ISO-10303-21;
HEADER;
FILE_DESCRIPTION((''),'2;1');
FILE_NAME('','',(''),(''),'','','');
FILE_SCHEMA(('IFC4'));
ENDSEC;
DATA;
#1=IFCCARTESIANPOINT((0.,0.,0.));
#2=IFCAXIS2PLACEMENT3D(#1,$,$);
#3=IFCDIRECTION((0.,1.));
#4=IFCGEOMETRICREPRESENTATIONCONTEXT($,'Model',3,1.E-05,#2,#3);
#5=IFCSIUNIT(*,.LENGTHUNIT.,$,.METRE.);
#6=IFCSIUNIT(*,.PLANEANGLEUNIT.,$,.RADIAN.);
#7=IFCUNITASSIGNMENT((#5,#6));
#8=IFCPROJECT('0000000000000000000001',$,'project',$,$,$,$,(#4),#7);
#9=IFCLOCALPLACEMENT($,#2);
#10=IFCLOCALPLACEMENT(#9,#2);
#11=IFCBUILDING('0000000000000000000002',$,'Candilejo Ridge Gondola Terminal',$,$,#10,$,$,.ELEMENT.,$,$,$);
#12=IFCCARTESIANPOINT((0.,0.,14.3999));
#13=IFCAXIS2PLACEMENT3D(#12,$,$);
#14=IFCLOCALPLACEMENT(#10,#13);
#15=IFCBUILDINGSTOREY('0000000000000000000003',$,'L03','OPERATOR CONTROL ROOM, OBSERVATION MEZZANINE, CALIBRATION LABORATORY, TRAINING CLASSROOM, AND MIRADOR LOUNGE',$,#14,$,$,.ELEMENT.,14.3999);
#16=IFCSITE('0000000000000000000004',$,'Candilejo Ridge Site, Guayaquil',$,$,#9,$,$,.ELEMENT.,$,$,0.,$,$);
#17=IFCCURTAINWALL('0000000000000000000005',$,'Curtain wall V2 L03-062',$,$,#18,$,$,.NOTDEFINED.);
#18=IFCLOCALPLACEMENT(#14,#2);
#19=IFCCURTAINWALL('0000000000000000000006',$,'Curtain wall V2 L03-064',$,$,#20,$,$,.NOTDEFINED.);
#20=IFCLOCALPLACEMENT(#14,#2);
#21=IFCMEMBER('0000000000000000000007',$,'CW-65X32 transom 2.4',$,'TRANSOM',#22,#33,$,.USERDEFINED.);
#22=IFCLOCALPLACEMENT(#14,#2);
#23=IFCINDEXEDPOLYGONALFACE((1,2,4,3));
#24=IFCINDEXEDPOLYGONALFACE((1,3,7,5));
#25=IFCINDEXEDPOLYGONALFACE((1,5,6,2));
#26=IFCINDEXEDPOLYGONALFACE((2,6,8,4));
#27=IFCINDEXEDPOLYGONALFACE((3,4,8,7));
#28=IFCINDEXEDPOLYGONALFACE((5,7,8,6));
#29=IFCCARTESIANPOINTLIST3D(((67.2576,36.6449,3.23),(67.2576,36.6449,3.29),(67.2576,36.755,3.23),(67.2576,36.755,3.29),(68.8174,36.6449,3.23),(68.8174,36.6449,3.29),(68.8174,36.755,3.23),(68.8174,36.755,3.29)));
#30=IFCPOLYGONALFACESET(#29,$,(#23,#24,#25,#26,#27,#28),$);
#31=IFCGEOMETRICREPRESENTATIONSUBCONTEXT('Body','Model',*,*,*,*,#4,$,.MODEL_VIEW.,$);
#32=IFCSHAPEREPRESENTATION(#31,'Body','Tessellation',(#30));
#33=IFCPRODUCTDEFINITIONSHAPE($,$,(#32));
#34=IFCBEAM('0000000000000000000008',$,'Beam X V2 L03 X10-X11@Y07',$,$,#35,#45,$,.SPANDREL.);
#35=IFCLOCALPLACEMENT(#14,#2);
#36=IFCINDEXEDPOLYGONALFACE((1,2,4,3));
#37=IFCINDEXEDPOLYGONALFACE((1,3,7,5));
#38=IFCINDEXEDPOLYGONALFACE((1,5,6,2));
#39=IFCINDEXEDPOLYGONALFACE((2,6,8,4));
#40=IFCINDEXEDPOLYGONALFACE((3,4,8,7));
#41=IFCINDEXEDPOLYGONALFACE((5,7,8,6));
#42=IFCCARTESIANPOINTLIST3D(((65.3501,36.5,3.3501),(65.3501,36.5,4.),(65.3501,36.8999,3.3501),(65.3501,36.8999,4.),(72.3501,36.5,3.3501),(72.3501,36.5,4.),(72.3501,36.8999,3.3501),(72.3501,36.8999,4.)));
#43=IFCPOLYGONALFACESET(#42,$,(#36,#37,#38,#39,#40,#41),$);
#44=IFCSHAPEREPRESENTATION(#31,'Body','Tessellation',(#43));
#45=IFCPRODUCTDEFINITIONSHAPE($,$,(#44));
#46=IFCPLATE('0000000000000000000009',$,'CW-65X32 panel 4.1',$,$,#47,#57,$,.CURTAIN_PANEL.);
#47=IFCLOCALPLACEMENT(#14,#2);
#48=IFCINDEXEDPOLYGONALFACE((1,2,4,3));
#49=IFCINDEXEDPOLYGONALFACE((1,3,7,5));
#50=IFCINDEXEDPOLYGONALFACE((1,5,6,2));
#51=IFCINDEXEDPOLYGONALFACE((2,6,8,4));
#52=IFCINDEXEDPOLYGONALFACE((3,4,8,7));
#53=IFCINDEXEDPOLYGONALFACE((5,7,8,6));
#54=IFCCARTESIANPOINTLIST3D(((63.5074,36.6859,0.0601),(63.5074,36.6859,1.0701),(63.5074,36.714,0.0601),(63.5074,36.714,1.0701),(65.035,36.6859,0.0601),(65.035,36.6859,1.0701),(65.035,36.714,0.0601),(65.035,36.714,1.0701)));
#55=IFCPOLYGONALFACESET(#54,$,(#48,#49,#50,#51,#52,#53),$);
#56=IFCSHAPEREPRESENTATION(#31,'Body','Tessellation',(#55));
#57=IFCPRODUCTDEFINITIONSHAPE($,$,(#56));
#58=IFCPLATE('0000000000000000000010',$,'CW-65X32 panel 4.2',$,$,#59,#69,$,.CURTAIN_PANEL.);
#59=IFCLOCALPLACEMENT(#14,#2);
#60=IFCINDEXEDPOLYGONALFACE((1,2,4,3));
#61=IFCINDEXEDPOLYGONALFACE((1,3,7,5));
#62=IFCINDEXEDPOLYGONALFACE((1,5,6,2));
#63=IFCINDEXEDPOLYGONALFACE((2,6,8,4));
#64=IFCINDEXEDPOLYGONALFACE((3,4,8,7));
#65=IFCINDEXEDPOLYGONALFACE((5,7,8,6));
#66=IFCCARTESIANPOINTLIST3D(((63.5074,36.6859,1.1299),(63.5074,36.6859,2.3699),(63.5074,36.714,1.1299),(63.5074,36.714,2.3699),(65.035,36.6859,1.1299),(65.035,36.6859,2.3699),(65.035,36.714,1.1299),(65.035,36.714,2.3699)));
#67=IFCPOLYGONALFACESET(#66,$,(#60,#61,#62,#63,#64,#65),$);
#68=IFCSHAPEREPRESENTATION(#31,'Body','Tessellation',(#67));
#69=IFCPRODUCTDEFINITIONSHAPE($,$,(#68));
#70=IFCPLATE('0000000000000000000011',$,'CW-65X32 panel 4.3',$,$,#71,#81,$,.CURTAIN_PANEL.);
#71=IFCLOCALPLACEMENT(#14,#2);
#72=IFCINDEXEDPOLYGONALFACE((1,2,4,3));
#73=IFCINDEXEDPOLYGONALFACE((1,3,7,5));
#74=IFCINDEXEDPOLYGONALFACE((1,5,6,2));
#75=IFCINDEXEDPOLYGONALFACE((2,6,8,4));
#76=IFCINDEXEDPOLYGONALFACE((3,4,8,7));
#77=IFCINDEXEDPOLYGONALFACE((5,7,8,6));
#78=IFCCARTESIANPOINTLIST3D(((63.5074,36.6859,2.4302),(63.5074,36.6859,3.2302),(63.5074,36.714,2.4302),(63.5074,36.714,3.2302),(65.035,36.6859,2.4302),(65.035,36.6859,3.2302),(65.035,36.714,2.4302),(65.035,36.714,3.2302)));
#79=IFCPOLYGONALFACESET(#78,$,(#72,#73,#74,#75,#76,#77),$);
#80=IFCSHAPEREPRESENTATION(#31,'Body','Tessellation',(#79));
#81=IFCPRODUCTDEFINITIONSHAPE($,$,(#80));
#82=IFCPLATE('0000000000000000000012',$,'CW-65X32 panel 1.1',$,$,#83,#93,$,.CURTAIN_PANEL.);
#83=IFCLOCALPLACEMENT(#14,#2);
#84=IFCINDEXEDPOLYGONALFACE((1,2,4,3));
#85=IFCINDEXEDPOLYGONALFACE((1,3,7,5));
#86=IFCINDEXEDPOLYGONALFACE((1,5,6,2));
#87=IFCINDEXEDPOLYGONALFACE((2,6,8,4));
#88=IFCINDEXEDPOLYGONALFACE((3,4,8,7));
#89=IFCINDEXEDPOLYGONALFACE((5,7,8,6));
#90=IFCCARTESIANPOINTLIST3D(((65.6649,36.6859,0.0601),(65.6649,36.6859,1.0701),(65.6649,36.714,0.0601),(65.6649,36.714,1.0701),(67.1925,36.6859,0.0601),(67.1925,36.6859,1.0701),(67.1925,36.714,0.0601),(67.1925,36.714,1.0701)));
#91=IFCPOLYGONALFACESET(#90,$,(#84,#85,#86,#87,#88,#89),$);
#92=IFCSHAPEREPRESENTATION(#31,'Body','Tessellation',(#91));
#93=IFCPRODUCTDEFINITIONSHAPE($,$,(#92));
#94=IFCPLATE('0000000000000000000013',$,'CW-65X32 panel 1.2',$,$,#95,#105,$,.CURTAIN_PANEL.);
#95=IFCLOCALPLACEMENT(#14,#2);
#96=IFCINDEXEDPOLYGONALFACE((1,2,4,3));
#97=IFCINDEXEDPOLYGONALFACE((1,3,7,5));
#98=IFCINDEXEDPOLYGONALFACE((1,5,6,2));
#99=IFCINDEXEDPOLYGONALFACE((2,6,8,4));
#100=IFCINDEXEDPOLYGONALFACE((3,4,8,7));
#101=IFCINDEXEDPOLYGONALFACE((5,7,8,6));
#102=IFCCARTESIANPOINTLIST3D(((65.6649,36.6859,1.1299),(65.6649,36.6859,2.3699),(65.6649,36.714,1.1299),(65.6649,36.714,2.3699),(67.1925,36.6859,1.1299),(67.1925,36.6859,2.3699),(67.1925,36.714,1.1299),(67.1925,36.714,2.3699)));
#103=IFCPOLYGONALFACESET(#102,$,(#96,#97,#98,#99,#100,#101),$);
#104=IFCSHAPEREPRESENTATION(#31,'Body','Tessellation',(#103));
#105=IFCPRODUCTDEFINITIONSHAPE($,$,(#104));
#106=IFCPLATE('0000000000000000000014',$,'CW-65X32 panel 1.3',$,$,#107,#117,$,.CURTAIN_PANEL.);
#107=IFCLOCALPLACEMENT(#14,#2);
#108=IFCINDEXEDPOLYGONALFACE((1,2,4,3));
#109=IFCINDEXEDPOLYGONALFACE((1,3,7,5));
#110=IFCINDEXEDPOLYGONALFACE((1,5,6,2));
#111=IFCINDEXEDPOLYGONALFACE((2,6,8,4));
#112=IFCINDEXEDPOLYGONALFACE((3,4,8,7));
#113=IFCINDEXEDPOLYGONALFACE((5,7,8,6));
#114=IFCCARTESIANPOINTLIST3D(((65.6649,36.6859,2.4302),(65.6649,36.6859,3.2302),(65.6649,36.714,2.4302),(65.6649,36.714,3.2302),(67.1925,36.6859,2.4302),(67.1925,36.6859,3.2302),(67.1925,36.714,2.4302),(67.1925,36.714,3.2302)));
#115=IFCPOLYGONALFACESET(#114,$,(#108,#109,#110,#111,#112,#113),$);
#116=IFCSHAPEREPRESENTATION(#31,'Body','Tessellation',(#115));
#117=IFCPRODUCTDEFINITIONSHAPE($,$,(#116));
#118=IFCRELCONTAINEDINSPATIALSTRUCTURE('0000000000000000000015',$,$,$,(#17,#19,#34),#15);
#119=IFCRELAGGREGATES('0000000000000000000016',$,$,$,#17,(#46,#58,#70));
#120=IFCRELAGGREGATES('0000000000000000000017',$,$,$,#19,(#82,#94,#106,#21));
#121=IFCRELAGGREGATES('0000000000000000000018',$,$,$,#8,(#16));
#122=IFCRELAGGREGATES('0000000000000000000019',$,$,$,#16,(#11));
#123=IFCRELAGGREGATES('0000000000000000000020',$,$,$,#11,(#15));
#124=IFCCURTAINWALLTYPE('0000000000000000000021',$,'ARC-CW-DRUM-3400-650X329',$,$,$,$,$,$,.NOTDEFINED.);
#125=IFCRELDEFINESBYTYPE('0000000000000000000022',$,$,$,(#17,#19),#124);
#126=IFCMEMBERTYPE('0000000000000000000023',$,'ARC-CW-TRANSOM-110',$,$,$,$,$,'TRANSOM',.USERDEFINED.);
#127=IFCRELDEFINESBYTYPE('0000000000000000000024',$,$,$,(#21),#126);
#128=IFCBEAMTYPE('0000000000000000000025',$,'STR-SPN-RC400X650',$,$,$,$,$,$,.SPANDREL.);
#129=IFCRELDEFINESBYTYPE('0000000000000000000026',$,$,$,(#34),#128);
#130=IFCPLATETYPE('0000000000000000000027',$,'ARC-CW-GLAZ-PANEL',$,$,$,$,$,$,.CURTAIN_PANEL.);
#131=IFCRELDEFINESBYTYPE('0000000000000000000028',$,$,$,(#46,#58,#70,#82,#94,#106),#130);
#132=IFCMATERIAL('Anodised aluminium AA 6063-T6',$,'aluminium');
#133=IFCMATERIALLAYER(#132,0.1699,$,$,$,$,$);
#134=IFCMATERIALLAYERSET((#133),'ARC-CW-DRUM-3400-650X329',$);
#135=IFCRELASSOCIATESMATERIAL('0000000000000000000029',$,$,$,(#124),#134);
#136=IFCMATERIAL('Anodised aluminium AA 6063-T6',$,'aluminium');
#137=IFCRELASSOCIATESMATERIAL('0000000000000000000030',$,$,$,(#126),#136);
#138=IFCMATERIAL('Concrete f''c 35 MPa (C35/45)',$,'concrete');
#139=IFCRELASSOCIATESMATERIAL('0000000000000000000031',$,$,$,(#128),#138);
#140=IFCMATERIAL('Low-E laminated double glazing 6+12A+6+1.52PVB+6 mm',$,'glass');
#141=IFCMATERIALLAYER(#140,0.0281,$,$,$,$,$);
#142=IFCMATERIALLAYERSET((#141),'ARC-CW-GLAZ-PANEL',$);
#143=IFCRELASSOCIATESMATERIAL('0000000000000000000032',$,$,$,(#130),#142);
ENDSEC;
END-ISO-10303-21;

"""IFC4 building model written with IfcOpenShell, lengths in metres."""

from ifc_helpers import new_model, si_unit, direction, frame, origin, origin_2d, place, context, subcontext, project, spatial, rectangle, extrude, material, layer, layer_set, material_profile, profile_set, type_object, element, aggregate, save


model = new_model("IFC4")

# Units and contexts
model_context = context("Model", 3, precision=1e-05, world=origin(), true_north=direction((0.0, 1.0)))
body_context = subcontext(model_context, "Body", "Model", "MODEL_VIEW")
ifc_project = project(units=[si_unit("LENGTHUNIT", "METRE"), si_unit("PLANEANGLEUNIT", "RADIAN")], contexts=[model_context])

# Site, building, storey
site_placement = place(None, origin())
site = spatial("IfcSite", under=ifc_project, at=site_placement, Name="Candilejo Ridge Site, Guayaquil", CompositionType="ELEMENT", RefElevation=0.0)
building_placement = place(site_placement, origin())
building = spatial("IfcBuilding", under=site, at=building_placement, Name="Candilejo Ridge Gondola Terminal", CompositionType="ELEMENT")
storey_placement = place(building_placement, frame((0.0, 0.0, 14.3999)))
storey = spatial("IfcBuildingStorey", under=building, at=storey_placement, Name="L03", Description="OPERATOR CONTROL ROOM, OBSERVATION MEZZANINE, CALIBRATION LABORATORY, TRAINING CLASSROOM, AND MIRADOR LOUNGE", CompositionType="ELEMENT", Elevation=14.3999)

# Curtain wall
ifc_material_1 = material(Name="Anodised aluminium AA 6063-T6", Category="aluminium")
ifc_layer_1 = layer(ifc_material_1, 0.1699)
ifc_layer_set_1 = layer_set([ifc_layer_1], Name="ARC-CW-DRUM-3400-650X329")
curtain_wall_type = type_object("IfcCurtainWallType", Name="ARC-CW-DRUM-3400-650X329", PredefinedType="NOTDEFINED", material=ifc_layer_set_1)
curtain_wall_1_placement = place(storey_placement, origin())
curtain_wall_1 = element("IfcCurtainWall", 1, at=curtain_wall_1_placement, inside=storey, type_object=curtain_wall_type, Name="Curtain wall V2 L03-062", PredefinedType="NOTDEFINED")

# Curtain wall
curtain_wall_2_placement = place(storey_placement, origin())
curtain_wall_2 = element("IfcCurtainWall", 2, at=curtain_wall_2_placement, inside=storey, type_object=curtain_wall_type, Name="Curtain wall V2 L03-064", PredefinedType="NOTDEFINED")

# Member
ifc_material_2 = material(Name="Anodised aluminium AA 6063-T6", Category="aluminium")
ifc_material_profile_1 = material_profile(ifc_material_2, rectangle(XDim=0.1101, YDim=0.0601, at=origin_2d()))
ifc_profile_set_1 = profile_set([ifc_material_profile_1], Name="Anodised aluminium AA 6063-T6")
member_type_1 = type_object("IfcMemberType", Name="ARC-CW-TRANSOM-110", ElementType="TRANSOM", PredefinedType="USERDEFINED", material=ifc_profile_set_1)
member_1_placement = place(storey_placement, frame((67.2576, 36.7, 3.26), z_axis=(1.0, 0.0, 0.0), x_axis=(0.0, 1.0, 0.0)))
member_1 = element("IfcMember", 3, at=member_1_placement, type_object=member_type_1, Name="CW-65X32 transom 2.4", ObjectType="TRANSOM", PredefinedType="USERDEFINED", context=body_context, shape_type="SweptSolid", body=[
    extrude(rectangle(XDim=0.1101, YDim=0.0601, at=origin_2d()), origin(), (0.0, 0.0, 1.0), 1.5598),
])

# Beam
ifc_material_3 = material(Name="Concrete f'c 35 MPa (C35/45)", Category="concrete")
ifc_material_profile_2 = material_profile(ifc_material_3, rectangle(XDim=0.3999, YDim=0.6499, at=origin_2d()))
ifc_profile_set_2 = profile_set([ifc_material_profile_2], Name="Concrete f'c 35 MPa (C35/45)")
beam_type = type_object("IfcBeamType", Name="STR-SPN-RC400X650", PredefinedType="SPANDREL", material=ifc_profile_set_2)
beam_placement = place(storey_placement, frame((65.3501, 36.7, 3.675), z_axis=(1.0, 0.0, 0.0), x_axis=(0.0, 1.0, 0.0)))
element("IfcBeam", 4, at=beam_placement, inside=storey, type_object=beam_type, Name="Beam X V2 L03 X10-X11@Y07", PredefinedType="SPANDREL", context=body_context, shape_type="SweptSolid", body=[
    extrude(rectangle(XDim=0.3999, YDim=0.6499, at=origin_2d()), origin(), (0.0, 0.0, 1.0), 7.0),
])

# Plates
ifc_material_4 = material(Name="Low-E laminated double glazing 6+12A+6+1.52PVB+6 mm", Category="glass")
ifc_layer_2 = layer(ifc_material_4, 0.0281)
ifc_layer_set_2 = layer_set([ifc_layer_2], Name="ARC-CW-GLAZ-PANEL")
plate_type = type_object("IfcPlateType", Name="ARC-CW-GLAZ-PANEL", PredefinedType="CURTAIN_PANEL", material=ifc_layer_set_2)
plate_1_placement = place(storey_placement, frame((64.2712, 36.7, 0.0601), z_axis=(0.0, 0.0, 1.0), x_axis=(1.0, 0.0, 0.0)))
plate_1 = element("IfcPlate", 5, at=plate_1_placement, type_object=plate_type, Name="CW-65X32 panel 4.1", PredefinedType="CURTAIN_PANEL", context=body_context, shape_type="SweptSolid", body=[
    extrude(rectangle(XDim=1.5276, YDim=0.0281, at=origin_2d()), origin(), (0.0, 0.0, 1.0), 1.01),
])
plate_2_placement = place(storey_placement, frame((64.2712, 36.7, 1.1299), z_axis=(0.0, 0.0, 1.0), x_axis=(1.0, 0.0, 0.0)))
plate_2 = element("IfcPlate", 6, at=plate_2_placement, type_object=plate_type, Name="CW-65X32 panel 4.2", PredefinedType="CURTAIN_PANEL", context=body_context, shape_type="SweptSolid", body=[
    extrude(rectangle(XDim=1.5276, YDim=0.0281, at=origin_2d()), origin(), (0.0, 0.0, 1.0), 1.24),
])
plate_3_placement = place(storey_placement, frame((64.2712, 36.7, 2.4302), z_axis=(0.0, 0.0, 1.0), x_axis=(1.0, 0.0, 0.0)))
plate_3 = element("IfcPlate", 7, at=plate_3_placement, type_object=plate_type, Name="CW-65X32 panel 4.3", PredefinedType="CURTAIN_PANEL", context=body_context, shape_type="SweptSolid", body=[
    extrude(rectangle(XDim=1.5276, YDim=0.0281, at=origin_2d()), origin(), (0.0, 0.0, 1.0), 0.8),
])
aggregate(curtain_wall_1, [plate_1, plate_2, plate_3])
plate_4_placement = place(storey_placement, frame((66.4287, 36.7, 0.0601), z_axis=(0.0, 0.0, 1.0), x_axis=(1.0, 0.0, 0.0)))
plate_4 = element("IfcPlate", 8, at=plate_4_placement, type_object=plate_type, Name="CW-65X32 panel 1.1", PredefinedType="CURTAIN_PANEL", context=body_context, shape_type="SweptSolid", body=[
    extrude(rectangle(XDim=1.5276, YDim=0.0281, at=origin_2d()), origin(), (0.0, 0.0, 1.0), 1.01),
])
plate_5_placement = place(storey_placement, frame((66.4287, 36.7, 1.1299), z_axis=(0.0, 0.0, 1.0), x_axis=(1.0, 0.0, 0.0)))
plate_5 = element("IfcPlate", 9, at=plate_5_placement, type_object=plate_type, Name="CW-65X32 panel 1.2", PredefinedType="CURTAIN_PANEL", context=body_context, shape_type="SweptSolid", body=[
    extrude(rectangle(XDim=1.5276, YDim=0.0281, at=origin_2d()), origin(), (0.0, 0.0, 1.0), 1.24),
])
plate_6_placement = place(storey_placement, frame((66.4287, 36.7, 2.4302), z_axis=(0.0, 0.0, 1.0), x_axis=(1.0, 0.0, 0.0)))
plate_6 = element("IfcPlate", 10, at=plate_6_placement, type_object=plate_type, Name="CW-65X32 panel 1.3", PredefinedType="CURTAIN_PANEL", context=body_context, shape_type="SweptSolid", body=[
    extrude(rectangle(XDim=1.5276, YDim=0.0281, at=origin_2d()), origin(), (0.0, 0.0, 1.0), 0.8),
])
aggregate(curtain_wall_2, [plate_4, plate_5, plate_6, member_1])

save(model, "model.ifc")
